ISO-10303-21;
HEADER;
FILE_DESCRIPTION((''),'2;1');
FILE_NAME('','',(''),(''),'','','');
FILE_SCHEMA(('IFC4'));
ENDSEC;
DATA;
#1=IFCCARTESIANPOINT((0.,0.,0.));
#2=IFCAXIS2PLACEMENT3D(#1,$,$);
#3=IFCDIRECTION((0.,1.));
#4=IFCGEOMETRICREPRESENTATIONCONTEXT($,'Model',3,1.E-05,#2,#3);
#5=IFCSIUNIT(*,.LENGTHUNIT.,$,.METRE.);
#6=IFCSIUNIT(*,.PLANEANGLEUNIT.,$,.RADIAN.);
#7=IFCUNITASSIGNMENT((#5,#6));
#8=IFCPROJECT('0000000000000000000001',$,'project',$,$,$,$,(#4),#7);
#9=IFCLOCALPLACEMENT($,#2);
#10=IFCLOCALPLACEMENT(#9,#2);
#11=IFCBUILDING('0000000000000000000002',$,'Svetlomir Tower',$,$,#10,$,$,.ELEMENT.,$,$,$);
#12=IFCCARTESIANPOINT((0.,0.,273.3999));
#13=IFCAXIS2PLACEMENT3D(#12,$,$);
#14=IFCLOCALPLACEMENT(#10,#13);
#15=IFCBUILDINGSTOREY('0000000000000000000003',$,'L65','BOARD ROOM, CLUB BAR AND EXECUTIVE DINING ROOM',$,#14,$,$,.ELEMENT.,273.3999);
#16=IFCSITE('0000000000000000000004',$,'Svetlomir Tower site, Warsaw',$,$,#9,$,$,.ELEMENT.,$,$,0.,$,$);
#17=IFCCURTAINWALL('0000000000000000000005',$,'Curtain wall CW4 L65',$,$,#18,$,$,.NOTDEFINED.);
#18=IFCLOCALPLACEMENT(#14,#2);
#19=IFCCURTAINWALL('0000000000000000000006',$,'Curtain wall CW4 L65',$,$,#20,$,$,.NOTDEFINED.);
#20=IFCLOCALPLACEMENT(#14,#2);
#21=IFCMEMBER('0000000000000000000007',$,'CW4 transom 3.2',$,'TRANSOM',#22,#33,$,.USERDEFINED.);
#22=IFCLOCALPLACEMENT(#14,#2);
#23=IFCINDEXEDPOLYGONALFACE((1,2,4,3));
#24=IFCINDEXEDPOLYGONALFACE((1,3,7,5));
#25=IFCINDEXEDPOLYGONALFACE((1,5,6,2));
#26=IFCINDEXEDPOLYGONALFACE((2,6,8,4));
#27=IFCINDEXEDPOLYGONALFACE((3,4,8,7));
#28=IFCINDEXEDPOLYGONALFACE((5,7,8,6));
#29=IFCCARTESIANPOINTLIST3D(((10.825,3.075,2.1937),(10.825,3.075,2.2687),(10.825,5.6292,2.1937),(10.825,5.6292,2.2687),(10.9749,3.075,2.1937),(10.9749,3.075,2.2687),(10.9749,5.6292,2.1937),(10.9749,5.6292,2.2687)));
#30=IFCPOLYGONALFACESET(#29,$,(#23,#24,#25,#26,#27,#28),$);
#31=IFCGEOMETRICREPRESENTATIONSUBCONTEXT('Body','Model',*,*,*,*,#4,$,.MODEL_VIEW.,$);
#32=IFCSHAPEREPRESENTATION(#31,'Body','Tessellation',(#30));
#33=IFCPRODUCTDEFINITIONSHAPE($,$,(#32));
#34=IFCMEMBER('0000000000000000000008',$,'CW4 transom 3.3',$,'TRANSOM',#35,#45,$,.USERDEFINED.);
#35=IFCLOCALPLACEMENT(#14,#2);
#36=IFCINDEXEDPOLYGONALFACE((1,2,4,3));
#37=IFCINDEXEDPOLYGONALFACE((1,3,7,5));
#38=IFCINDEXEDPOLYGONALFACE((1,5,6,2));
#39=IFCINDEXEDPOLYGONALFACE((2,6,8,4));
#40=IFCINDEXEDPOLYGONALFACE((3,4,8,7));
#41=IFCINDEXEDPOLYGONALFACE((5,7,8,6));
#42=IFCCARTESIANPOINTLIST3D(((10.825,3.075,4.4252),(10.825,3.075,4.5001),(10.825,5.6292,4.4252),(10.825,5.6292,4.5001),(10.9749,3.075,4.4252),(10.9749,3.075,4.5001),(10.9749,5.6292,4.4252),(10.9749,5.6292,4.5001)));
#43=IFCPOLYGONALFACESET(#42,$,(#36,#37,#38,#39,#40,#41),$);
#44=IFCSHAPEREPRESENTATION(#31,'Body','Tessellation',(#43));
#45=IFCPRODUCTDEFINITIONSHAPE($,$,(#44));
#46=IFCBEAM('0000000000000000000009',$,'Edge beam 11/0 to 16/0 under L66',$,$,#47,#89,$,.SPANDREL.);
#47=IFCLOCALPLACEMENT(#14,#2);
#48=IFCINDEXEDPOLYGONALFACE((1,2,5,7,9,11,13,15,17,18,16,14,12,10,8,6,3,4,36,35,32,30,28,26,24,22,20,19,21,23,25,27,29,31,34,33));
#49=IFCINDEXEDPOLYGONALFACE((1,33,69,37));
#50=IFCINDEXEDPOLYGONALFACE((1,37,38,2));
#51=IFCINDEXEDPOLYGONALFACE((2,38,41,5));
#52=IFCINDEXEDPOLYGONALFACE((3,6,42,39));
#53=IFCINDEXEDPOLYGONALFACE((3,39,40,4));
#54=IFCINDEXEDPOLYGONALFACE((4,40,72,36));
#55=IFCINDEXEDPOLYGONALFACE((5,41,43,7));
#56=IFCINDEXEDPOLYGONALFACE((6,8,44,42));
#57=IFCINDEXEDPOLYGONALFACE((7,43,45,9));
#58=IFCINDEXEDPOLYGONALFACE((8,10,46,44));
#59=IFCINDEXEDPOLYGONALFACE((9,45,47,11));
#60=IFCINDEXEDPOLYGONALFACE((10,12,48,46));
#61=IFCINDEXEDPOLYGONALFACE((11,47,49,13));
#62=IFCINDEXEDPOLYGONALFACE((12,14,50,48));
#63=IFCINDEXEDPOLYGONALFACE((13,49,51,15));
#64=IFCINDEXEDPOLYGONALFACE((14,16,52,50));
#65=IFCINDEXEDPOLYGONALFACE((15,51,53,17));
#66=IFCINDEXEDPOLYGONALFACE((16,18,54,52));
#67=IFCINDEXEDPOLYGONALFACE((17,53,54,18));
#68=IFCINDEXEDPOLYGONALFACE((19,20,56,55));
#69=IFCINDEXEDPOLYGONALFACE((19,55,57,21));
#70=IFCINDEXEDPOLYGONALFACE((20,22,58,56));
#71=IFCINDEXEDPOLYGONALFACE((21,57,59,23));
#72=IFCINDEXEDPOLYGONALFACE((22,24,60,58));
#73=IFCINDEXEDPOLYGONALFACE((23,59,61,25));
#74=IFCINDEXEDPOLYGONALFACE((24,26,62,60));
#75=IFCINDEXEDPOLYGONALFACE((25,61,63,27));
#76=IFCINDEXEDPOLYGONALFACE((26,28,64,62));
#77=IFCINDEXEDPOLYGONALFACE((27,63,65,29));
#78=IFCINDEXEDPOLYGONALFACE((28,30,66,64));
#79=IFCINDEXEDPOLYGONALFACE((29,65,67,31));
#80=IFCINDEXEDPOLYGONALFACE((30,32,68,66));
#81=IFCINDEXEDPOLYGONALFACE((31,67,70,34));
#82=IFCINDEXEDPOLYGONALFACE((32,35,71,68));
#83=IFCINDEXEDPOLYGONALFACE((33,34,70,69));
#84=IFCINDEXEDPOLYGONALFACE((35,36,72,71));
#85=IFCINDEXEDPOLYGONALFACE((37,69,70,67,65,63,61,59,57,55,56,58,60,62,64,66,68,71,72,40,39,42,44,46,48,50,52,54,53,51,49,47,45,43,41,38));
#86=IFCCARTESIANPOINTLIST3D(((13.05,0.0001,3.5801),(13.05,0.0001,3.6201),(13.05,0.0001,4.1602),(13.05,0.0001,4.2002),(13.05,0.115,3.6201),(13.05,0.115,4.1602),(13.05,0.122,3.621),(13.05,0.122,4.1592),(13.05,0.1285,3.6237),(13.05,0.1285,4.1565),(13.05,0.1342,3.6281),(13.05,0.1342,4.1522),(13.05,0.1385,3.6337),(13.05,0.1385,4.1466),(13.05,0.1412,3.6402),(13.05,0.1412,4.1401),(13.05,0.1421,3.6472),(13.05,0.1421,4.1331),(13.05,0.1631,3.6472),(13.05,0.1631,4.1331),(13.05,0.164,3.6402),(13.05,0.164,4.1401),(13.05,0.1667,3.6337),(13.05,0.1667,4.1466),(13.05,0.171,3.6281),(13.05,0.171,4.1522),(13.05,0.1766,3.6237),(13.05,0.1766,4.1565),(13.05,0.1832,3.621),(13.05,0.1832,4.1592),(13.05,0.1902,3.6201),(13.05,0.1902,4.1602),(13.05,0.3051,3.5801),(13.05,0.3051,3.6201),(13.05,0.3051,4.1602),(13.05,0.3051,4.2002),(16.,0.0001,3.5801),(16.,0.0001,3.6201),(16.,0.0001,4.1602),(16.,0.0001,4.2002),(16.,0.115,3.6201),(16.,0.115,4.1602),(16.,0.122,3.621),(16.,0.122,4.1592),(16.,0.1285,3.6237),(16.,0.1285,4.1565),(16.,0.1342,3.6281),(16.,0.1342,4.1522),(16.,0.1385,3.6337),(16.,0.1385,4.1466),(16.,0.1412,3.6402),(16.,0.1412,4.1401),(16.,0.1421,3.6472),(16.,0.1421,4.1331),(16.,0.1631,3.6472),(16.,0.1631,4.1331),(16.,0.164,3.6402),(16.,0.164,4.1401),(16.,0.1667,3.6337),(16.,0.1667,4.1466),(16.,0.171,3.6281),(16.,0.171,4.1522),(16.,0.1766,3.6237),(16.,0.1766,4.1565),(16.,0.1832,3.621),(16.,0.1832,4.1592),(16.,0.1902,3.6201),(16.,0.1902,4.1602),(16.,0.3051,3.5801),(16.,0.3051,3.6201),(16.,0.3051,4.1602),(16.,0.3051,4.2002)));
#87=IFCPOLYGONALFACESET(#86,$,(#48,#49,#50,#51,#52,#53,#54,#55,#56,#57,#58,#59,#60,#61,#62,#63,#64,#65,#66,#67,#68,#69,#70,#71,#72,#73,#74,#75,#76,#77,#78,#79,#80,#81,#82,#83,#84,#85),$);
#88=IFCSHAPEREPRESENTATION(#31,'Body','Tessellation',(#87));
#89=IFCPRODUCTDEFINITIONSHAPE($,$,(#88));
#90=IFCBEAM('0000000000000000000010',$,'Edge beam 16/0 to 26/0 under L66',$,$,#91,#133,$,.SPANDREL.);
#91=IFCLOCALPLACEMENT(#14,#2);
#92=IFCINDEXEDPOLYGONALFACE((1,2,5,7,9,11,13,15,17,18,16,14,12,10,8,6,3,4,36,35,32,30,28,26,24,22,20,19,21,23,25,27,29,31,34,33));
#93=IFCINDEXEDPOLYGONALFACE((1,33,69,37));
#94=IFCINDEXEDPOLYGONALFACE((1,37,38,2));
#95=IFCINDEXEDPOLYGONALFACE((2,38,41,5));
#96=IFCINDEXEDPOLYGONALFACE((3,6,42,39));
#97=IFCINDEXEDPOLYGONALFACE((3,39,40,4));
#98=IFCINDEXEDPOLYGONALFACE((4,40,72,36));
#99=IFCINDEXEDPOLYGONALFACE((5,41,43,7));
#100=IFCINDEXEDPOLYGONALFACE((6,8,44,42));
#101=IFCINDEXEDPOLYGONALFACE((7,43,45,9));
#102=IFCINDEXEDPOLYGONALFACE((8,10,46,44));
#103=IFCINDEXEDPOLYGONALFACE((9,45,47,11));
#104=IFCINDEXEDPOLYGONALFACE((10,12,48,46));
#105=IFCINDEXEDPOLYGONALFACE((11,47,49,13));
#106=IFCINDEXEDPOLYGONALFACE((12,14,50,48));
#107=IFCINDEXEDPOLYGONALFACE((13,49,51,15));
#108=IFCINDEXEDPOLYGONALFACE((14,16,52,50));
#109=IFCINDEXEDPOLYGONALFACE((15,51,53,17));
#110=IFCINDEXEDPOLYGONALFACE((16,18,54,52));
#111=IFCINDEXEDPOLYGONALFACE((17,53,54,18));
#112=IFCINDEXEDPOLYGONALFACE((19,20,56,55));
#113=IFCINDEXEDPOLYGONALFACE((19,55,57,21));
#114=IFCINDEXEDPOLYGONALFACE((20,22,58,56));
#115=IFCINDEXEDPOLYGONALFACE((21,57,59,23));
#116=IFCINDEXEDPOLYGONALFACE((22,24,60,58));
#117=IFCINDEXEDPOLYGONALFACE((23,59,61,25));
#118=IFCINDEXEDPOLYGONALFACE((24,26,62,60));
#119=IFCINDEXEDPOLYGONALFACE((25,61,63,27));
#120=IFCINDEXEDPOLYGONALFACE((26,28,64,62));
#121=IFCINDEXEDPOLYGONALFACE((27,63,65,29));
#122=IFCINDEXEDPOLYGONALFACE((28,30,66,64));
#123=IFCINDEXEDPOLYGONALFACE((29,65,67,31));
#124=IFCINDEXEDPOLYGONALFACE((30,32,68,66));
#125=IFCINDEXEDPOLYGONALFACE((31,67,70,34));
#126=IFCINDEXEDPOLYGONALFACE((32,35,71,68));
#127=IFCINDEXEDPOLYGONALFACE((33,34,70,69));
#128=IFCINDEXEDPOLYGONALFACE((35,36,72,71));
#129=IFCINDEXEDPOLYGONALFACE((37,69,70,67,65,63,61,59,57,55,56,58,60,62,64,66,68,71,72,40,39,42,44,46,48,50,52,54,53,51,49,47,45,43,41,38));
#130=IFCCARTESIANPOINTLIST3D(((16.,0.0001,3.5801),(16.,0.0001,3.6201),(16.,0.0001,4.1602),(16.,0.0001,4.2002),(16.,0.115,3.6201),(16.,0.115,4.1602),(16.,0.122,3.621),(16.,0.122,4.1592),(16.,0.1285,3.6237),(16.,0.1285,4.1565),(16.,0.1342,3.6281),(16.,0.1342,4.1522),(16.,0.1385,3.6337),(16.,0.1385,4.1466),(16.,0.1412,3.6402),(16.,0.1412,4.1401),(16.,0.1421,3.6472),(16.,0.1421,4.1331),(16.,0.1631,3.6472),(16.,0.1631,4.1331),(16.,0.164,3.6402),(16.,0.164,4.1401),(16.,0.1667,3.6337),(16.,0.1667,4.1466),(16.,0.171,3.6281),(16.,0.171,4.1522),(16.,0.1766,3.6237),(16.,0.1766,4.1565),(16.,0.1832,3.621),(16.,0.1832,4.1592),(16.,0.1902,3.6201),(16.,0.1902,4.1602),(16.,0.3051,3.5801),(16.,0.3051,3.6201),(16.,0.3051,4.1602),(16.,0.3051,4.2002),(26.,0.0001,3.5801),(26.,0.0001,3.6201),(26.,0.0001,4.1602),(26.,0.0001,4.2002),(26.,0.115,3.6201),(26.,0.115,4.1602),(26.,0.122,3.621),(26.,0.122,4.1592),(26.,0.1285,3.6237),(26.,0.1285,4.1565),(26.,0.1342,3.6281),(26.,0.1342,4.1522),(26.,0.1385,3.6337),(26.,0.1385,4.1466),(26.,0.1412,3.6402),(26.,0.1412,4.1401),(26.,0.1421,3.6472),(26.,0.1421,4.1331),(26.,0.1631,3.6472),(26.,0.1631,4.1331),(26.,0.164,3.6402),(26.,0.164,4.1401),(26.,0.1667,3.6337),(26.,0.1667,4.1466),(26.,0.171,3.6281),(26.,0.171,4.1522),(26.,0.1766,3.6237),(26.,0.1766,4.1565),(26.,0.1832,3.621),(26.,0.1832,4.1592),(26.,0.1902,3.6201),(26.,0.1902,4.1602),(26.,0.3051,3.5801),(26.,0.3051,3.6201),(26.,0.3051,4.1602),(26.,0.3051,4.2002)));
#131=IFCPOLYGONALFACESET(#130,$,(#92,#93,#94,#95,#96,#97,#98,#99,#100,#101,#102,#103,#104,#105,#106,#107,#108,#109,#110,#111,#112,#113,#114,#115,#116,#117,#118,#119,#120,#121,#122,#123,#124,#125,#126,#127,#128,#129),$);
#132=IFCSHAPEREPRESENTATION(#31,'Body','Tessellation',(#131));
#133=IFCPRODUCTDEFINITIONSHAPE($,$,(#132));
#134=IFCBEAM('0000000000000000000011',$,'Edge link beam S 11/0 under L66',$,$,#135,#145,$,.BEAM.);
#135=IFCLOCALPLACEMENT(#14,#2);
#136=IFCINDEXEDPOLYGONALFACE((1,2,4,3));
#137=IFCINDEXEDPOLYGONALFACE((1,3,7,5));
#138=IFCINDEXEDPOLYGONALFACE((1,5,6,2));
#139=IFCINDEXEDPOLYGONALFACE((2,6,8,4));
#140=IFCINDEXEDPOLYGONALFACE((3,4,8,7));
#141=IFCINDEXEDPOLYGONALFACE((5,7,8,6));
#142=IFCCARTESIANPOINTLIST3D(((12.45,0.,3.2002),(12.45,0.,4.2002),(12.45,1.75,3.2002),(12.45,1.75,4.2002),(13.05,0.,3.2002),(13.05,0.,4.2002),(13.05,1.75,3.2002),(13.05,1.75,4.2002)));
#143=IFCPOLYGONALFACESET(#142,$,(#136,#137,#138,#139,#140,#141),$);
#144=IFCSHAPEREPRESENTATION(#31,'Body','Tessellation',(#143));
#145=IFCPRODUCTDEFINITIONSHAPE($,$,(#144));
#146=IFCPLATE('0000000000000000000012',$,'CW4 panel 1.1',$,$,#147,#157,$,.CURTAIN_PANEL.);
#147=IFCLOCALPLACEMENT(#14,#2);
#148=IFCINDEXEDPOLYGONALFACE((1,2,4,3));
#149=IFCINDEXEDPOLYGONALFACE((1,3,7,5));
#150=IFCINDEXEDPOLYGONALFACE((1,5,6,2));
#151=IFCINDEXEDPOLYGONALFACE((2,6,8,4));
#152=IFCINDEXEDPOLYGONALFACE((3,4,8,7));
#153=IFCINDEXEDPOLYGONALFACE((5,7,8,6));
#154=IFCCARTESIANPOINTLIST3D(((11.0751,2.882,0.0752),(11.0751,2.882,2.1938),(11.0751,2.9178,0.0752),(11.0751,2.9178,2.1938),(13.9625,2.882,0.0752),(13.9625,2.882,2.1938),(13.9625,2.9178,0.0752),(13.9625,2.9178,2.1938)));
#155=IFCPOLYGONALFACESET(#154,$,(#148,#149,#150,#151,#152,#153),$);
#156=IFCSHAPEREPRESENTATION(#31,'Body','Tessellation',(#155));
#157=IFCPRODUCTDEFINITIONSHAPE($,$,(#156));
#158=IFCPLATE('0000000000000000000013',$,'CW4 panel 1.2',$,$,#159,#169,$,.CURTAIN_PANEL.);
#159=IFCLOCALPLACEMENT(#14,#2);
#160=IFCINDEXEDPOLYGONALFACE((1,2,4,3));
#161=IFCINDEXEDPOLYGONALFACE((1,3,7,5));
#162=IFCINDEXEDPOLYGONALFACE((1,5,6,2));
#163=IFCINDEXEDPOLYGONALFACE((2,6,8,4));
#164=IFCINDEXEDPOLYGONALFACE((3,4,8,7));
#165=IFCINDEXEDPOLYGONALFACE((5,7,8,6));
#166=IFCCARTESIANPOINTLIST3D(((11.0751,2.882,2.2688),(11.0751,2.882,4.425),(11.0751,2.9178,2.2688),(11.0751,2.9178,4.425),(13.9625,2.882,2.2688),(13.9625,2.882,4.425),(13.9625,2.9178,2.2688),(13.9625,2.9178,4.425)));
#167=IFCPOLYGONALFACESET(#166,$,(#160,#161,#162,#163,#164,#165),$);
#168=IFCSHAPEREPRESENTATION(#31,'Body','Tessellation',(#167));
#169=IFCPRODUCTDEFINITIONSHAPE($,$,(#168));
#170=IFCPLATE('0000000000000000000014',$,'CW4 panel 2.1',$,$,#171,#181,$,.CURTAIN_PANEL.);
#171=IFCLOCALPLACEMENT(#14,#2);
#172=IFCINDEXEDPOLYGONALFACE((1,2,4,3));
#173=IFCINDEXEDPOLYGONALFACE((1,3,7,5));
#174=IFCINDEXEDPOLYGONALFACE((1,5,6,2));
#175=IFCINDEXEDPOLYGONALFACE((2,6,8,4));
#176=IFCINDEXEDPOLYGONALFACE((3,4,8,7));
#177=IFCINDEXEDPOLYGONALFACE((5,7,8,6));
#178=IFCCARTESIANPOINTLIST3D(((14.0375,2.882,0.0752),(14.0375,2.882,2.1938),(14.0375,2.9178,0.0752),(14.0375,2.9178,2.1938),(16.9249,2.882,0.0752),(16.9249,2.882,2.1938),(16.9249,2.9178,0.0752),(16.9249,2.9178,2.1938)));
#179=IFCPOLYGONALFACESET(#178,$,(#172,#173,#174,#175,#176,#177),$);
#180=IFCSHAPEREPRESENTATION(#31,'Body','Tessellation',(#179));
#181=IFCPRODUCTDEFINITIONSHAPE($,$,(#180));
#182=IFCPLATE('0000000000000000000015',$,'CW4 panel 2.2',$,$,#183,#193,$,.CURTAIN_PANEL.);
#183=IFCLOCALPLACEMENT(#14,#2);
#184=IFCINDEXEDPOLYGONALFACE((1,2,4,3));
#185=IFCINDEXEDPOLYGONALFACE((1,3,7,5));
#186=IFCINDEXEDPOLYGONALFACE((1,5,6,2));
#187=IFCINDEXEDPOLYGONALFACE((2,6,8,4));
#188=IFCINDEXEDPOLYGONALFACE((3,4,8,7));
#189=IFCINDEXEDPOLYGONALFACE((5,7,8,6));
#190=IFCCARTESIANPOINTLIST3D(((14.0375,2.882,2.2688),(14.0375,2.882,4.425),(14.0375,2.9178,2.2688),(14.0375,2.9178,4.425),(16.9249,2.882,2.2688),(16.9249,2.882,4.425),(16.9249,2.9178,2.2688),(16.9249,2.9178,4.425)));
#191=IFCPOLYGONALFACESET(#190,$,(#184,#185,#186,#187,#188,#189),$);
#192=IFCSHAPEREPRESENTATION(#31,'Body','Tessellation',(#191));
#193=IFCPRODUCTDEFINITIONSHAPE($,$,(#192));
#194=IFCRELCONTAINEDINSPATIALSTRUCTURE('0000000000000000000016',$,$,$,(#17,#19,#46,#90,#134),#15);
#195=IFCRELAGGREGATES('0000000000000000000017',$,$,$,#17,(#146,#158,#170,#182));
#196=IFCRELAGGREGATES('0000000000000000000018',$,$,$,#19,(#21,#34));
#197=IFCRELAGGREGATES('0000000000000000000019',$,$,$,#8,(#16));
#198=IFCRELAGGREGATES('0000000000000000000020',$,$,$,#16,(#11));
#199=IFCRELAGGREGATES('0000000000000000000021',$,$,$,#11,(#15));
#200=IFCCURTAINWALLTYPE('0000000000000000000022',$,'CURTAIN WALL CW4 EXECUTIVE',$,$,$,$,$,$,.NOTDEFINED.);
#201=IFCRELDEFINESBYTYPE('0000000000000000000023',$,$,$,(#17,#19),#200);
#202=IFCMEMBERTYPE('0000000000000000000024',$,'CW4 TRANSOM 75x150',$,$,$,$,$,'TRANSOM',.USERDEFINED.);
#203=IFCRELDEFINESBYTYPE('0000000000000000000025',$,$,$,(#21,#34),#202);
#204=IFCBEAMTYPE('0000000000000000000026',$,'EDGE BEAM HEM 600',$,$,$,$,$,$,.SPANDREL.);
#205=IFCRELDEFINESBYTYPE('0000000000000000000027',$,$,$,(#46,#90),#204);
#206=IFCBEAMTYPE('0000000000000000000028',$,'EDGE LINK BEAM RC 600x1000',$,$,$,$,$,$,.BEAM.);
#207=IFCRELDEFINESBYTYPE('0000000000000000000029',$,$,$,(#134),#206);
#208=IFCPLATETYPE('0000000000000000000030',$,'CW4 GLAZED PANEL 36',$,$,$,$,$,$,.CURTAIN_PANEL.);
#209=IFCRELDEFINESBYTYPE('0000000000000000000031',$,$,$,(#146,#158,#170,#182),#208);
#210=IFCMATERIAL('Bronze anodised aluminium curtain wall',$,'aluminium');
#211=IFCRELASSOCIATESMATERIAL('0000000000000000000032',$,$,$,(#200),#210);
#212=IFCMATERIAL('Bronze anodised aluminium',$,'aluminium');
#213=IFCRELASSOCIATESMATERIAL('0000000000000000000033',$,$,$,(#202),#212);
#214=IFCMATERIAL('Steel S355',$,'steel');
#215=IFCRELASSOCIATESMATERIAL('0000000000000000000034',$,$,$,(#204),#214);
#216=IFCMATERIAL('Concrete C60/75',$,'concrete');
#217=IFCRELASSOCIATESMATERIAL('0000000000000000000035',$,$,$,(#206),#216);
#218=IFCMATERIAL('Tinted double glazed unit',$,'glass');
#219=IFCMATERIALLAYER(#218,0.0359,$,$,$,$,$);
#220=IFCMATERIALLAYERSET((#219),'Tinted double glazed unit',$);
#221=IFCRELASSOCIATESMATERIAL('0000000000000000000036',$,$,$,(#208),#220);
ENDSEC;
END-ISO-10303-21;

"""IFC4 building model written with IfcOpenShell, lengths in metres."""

from ifc_helpers import new_model, si_unit, direction, frame, origin, origin_2d, place, context, subcontext, project, spatial, rectangle, i_section, extrude, material, layer, layer_set, material_profile, profile_set, type_object, element, aggregate, save


model = new_model("IFC4")

# Units and contexts
model_context = context("Model", 3, precision=1e-05, world=origin(), true_north=direction((0.0, 1.0)))
body_context = subcontext(model_context, "Body", "Model", "MODEL_VIEW")
ifc_project = project(units=[si_unit("LENGTHUNIT", "METRE"), si_unit("PLANEANGLEUNIT", "RADIAN")], contexts=[model_context])

# Site, building, storey
site_placement = place(None, origin())
site = spatial("IfcSite", under=ifc_project, at=site_placement, Name="Svetlomir Tower site, Warsaw", CompositionType="ELEMENT", RefElevation=0.0)
building_placement = place(site_placement, origin())
building = spatial("IfcBuilding", under=site, at=building_placement, Name="Svetlomir Tower", CompositionType="ELEMENT")
storey_placement = place(building_placement, frame((0.0, 0.0, 273.3999)))
storey = spatial("IfcBuildingStorey", under=building, at=storey_placement, Name="L65", Description="BOARD ROOM, CLUB BAR AND EXECUTIVE DINING ROOM", CompositionType="ELEMENT", Elevation=273.3999)

# Curtain walls
ifc_material_1 = material(Name="Bronze anodised aluminium curtain wall", Category="aluminium")
curtain_wall_type = type_object("IfcCurtainWallType", Name="CURTAIN WALL CW4 EXECUTIVE", PredefinedType="NOTDEFINED", material=ifc_material_1)
curtain_wall_1_placement = place(storey_placement, origin())
curtain_wall_1 = element("IfcCurtainWall", 1, at=curtain_wall_1_placement, inside=storey, type_object=curtain_wall_type, Name="Curtain wall CW4 L65", PredefinedType="NOTDEFINED")
curtain_wall_2_placement = place(storey_placement, origin())
curtain_wall_2 = element("IfcCurtainWall", 2, at=curtain_wall_2_placement, inside=storey, type_object=curtain_wall_type, Name="Curtain wall CW4 L65", PredefinedType="NOTDEFINED")

# Members
ifc_material_2 = material(Name="Bronze anodised aluminium", Category="aluminium")
ifc_material_profile_1 = material_profile(ifc_material_2, rectangle(XDim=0.1499, YDim=0.075, at=origin_2d()), Name="AL 150x75")
ifc_profile_set_1 = profile_set([ifc_material_profile_1], Name="Bronze anodised aluminium 6063-T6")
member_type_1 = type_object("IfcMemberType", Name="CW4 TRANSOM 75x150", ElementType="TRANSOM", PredefinedType="USERDEFINED", material=ifc_profile_set_1)
member_1_placement = place(storey_placement, frame((10.8999, 5.6292, 2.2312), z_axis=(0.0, -1.0, 0.0), x_axis=(1.0, 0.0, 0.0)))
member_1 = element("IfcMember", 3, at=member_1_placement, type_object=member_type_1, Name="CW4 transom 3.2", ObjectType="TRANSOM", PredefinedType="USERDEFINED", context=body_context, shape_type="SweptSolid", body=[
    extrude(rectangle(XDim=0.1499, YDim=0.075, at=origin_2d()), origin(), (0.0, 0.0, 1.0), 2.5542),
])
member_2_placement = place(storey_placement, frame((10.8999, 5.6292, 4.4626), z_axis=(0.0, -1.0, 0.0), x_axis=(1.0, 0.0, 0.0)))
member_2 = element("IfcMember", 4, at=member_2_placement, type_object=member_type_1, Name="CW4 transom 3.3", ObjectType="TRANSOM", PredefinedType="USERDEFINED", context=body_context, shape_type="SweptSolid", body=[
    extrude(rectangle(XDim=0.1499, YDim=0.075, at=origin_2d()), origin(), (0.0, 0.0, 1.0), 2.5542),
])

# Beams
ifc_material_3 = material(Name="Steel S355", Category="steel")
ifc_material_profile_2 = material_profile(ifc_material_3, i_section(OverallWidth=0.3049, OverallDepth=0.6201, WebThickness=0.021, FlangeThickness=0.04, FilletRadius=0.0271, at=origin_2d()), Name="HEM 600")
ifc_profile_set_2 = profile_set([ifc_material_profile_2], Name="Steel S355")
beam_type_1 = type_object("IfcBeamType", Name="EDGE BEAM HEM 600", PredefinedType="SPANDREL", material=ifc_profile_set_2)
beam_1_placement = place(storey_placement, frame((13.05, 0.1526, 3.8901), z_axis=(1.0, 0.0, 0.0), x_axis=(0.0, 1.0, 0.0)))
element("IfcBeam", 5, at=beam_1_placement, inside=storey, type_object=beam_type_1, Name="Edge beam 11/0 to 16/0 under L66", PredefinedType="SPANDREL", context=body_context, shape_type="SweptSolid", body=[
    extrude(i_section(OverallWidth=0.3049, OverallDepth=0.6201, WebThickness=0.021, FlangeThickness=0.04, FilletRadius=0.0271, at=origin_2d()), origin(), (0.0, 0.0, 1.0), 2.95),
])
beam_2_placement = place(storey_placement, frame((16.0, 0.1526, 3.8901), z_axis=(1.0, 0.0, 0.0), x_axis=(0.0, 1.0, 0.0)))
element("IfcBeam", 6, at=beam_2_placement, inside=storey, type_object=beam_type_1, Name="Edge beam 16/0 to 26/0 under L66", PredefinedType="SPANDREL", context=body_context, shape_type="SweptSolid", body=[
    extrude(i_section(OverallWidth=0.3049, OverallDepth=0.6201, WebThickness=0.021, FlangeThickness=0.04, FilletRadius=0.0271, at=origin_2d()), origin(), (0.0, 0.0, 1.0), 10.0),
])
ifc_material_4 = material(Name="Concrete C60/75", Category="concrete")
ifc_material_profile_3 = material_profile(ifc_material_4, rectangle(XDim=0.6001, YDim=1.0, at=origin_2d()), Name="RC 600x1000")
ifc_profile_set_3 = profile_set([ifc_material_profile_3], Name="Concrete C60/75")
beam_type_2 = type_object("IfcBeamType", Name="EDGE LINK BEAM RC 600x1000", PredefinedType="BEAM", material=ifc_profile_set_3)
beam_3_placement = place(storey_placement, frame((12.75, 1.75, 3.7002), z_axis=(0.0, -1.0, 0.0), x_axis=(1.0, 0.0, 0.0)))
element("IfcBeam", 7, at=beam_3_placement, inside=storey, type_object=beam_type_2, Name="Edge link beam S 11/0 under L66", PredefinedType="BEAM", context=body_context, shape_type="SweptSolid", body=[
    extrude(rectangle(XDim=0.6001, YDim=1.0, at=origin_2d()), origin(), (0.0, 0.0, 1.0), 1.75),
])

# Plates
ifc_material_5 = material(Name="Tinted double glazed unit", Category="glass")
ifc_layer_1 = layer(ifc_material_5, 0.0359)
ifc_layer_set_1 = layer_set([ifc_layer_1], Name="Tinted double glazed unit")
plate_type = type_object("IfcPlateType", Name="CW4 GLAZED PANEL 36", PredefinedType="CURTAIN_PANEL", material=ifc_layer_set_1)
plate_1_placement = place(storey_placement, frame((12.5188, 2.8999, 0.0752), z_axis=(0.0, 0.0, 1.0), x_axis=(1.0, 0.0, 0.0)))
plate_1 = element("IfcPlate", 8, at=plate_1_placement, type_object=plate_type, Name="CW4 panel 1.1", PredefinedType="CURTAIN_PANEL", context=body_context, shape_type="SweptSolid", body=[
    extrude(rectangle(XDim=2.8875, YDim=0.0359, at=origin_2d()), origin(), (0.0, 0.0, 1.0), 2.1187),
])
plate_2_placement = place(storey_placement, frame((12.5188, 2.8999, 2.2688), z_axis=(0.0, 0.0, 1.0), x_axis=(1.0, 0.0, 0.0)))
plate_2 = element("IfcPlate", 9, at=plate_2_placement, type_object=plate_type, Name="CW4 panel 1.2", PredefinedType="CURTAIN_PANEL", context=body_context, shape_type="SweptSolid", body=[
    extrude(rectangle(XDim=2.8875, YDim=0.0359, at=origin_2d()), origin(), (0.0, 0.0, 1.0), 2.1562),
])
plate_3_placement = place(storey_placement, frame((15.4812, 2.8999, 0.0752), z_axis=(0.0, 0.0, 1.0), x_axis=(1.0, 0.0, 0.0)))
plate_3 = element("IfcPlate", 10, at=plate_3_placement, type_object=plate_type, Name="CW4 panel 2.1", PredefinedType="CURTAIN_PANEL", context=body_context, shape_type="SweptSolid", body=[
    extrude(rectangle(XDim=2.8875, YDim=0.0359, at=origin_2d()), origin(), (0.0, 0.0, 1.0), 2.1187),
])
plate_4_placement = place(storey_placement, frame((15.4812, 2.8999, 2.2688), z_axis=(0.0, 0.0, 1.0), x_axis=(1.0, 0.0, 0.0)))
plate_4 = element("IfcPlate", 11, at=plate_4_placement, type_object=plate_type, Name="CW4 panel 2.2", PredefinedType="CURTAIN_PANEL", context=body_context, shape_type="SweptSolid", body=[
    extrude(rectangle(XDim=2.8875, YDim=0.0359, at=origin_2d()), origin(), (0.0, 0.0, 1.0), 2.1562),
])
aggregate(curtain_wall_1, [plate_1, plate_2, plate_3, plate_4])
aggregate(curtain_wall_2, [member_1, member_2])

save(model, "model.ifc")
